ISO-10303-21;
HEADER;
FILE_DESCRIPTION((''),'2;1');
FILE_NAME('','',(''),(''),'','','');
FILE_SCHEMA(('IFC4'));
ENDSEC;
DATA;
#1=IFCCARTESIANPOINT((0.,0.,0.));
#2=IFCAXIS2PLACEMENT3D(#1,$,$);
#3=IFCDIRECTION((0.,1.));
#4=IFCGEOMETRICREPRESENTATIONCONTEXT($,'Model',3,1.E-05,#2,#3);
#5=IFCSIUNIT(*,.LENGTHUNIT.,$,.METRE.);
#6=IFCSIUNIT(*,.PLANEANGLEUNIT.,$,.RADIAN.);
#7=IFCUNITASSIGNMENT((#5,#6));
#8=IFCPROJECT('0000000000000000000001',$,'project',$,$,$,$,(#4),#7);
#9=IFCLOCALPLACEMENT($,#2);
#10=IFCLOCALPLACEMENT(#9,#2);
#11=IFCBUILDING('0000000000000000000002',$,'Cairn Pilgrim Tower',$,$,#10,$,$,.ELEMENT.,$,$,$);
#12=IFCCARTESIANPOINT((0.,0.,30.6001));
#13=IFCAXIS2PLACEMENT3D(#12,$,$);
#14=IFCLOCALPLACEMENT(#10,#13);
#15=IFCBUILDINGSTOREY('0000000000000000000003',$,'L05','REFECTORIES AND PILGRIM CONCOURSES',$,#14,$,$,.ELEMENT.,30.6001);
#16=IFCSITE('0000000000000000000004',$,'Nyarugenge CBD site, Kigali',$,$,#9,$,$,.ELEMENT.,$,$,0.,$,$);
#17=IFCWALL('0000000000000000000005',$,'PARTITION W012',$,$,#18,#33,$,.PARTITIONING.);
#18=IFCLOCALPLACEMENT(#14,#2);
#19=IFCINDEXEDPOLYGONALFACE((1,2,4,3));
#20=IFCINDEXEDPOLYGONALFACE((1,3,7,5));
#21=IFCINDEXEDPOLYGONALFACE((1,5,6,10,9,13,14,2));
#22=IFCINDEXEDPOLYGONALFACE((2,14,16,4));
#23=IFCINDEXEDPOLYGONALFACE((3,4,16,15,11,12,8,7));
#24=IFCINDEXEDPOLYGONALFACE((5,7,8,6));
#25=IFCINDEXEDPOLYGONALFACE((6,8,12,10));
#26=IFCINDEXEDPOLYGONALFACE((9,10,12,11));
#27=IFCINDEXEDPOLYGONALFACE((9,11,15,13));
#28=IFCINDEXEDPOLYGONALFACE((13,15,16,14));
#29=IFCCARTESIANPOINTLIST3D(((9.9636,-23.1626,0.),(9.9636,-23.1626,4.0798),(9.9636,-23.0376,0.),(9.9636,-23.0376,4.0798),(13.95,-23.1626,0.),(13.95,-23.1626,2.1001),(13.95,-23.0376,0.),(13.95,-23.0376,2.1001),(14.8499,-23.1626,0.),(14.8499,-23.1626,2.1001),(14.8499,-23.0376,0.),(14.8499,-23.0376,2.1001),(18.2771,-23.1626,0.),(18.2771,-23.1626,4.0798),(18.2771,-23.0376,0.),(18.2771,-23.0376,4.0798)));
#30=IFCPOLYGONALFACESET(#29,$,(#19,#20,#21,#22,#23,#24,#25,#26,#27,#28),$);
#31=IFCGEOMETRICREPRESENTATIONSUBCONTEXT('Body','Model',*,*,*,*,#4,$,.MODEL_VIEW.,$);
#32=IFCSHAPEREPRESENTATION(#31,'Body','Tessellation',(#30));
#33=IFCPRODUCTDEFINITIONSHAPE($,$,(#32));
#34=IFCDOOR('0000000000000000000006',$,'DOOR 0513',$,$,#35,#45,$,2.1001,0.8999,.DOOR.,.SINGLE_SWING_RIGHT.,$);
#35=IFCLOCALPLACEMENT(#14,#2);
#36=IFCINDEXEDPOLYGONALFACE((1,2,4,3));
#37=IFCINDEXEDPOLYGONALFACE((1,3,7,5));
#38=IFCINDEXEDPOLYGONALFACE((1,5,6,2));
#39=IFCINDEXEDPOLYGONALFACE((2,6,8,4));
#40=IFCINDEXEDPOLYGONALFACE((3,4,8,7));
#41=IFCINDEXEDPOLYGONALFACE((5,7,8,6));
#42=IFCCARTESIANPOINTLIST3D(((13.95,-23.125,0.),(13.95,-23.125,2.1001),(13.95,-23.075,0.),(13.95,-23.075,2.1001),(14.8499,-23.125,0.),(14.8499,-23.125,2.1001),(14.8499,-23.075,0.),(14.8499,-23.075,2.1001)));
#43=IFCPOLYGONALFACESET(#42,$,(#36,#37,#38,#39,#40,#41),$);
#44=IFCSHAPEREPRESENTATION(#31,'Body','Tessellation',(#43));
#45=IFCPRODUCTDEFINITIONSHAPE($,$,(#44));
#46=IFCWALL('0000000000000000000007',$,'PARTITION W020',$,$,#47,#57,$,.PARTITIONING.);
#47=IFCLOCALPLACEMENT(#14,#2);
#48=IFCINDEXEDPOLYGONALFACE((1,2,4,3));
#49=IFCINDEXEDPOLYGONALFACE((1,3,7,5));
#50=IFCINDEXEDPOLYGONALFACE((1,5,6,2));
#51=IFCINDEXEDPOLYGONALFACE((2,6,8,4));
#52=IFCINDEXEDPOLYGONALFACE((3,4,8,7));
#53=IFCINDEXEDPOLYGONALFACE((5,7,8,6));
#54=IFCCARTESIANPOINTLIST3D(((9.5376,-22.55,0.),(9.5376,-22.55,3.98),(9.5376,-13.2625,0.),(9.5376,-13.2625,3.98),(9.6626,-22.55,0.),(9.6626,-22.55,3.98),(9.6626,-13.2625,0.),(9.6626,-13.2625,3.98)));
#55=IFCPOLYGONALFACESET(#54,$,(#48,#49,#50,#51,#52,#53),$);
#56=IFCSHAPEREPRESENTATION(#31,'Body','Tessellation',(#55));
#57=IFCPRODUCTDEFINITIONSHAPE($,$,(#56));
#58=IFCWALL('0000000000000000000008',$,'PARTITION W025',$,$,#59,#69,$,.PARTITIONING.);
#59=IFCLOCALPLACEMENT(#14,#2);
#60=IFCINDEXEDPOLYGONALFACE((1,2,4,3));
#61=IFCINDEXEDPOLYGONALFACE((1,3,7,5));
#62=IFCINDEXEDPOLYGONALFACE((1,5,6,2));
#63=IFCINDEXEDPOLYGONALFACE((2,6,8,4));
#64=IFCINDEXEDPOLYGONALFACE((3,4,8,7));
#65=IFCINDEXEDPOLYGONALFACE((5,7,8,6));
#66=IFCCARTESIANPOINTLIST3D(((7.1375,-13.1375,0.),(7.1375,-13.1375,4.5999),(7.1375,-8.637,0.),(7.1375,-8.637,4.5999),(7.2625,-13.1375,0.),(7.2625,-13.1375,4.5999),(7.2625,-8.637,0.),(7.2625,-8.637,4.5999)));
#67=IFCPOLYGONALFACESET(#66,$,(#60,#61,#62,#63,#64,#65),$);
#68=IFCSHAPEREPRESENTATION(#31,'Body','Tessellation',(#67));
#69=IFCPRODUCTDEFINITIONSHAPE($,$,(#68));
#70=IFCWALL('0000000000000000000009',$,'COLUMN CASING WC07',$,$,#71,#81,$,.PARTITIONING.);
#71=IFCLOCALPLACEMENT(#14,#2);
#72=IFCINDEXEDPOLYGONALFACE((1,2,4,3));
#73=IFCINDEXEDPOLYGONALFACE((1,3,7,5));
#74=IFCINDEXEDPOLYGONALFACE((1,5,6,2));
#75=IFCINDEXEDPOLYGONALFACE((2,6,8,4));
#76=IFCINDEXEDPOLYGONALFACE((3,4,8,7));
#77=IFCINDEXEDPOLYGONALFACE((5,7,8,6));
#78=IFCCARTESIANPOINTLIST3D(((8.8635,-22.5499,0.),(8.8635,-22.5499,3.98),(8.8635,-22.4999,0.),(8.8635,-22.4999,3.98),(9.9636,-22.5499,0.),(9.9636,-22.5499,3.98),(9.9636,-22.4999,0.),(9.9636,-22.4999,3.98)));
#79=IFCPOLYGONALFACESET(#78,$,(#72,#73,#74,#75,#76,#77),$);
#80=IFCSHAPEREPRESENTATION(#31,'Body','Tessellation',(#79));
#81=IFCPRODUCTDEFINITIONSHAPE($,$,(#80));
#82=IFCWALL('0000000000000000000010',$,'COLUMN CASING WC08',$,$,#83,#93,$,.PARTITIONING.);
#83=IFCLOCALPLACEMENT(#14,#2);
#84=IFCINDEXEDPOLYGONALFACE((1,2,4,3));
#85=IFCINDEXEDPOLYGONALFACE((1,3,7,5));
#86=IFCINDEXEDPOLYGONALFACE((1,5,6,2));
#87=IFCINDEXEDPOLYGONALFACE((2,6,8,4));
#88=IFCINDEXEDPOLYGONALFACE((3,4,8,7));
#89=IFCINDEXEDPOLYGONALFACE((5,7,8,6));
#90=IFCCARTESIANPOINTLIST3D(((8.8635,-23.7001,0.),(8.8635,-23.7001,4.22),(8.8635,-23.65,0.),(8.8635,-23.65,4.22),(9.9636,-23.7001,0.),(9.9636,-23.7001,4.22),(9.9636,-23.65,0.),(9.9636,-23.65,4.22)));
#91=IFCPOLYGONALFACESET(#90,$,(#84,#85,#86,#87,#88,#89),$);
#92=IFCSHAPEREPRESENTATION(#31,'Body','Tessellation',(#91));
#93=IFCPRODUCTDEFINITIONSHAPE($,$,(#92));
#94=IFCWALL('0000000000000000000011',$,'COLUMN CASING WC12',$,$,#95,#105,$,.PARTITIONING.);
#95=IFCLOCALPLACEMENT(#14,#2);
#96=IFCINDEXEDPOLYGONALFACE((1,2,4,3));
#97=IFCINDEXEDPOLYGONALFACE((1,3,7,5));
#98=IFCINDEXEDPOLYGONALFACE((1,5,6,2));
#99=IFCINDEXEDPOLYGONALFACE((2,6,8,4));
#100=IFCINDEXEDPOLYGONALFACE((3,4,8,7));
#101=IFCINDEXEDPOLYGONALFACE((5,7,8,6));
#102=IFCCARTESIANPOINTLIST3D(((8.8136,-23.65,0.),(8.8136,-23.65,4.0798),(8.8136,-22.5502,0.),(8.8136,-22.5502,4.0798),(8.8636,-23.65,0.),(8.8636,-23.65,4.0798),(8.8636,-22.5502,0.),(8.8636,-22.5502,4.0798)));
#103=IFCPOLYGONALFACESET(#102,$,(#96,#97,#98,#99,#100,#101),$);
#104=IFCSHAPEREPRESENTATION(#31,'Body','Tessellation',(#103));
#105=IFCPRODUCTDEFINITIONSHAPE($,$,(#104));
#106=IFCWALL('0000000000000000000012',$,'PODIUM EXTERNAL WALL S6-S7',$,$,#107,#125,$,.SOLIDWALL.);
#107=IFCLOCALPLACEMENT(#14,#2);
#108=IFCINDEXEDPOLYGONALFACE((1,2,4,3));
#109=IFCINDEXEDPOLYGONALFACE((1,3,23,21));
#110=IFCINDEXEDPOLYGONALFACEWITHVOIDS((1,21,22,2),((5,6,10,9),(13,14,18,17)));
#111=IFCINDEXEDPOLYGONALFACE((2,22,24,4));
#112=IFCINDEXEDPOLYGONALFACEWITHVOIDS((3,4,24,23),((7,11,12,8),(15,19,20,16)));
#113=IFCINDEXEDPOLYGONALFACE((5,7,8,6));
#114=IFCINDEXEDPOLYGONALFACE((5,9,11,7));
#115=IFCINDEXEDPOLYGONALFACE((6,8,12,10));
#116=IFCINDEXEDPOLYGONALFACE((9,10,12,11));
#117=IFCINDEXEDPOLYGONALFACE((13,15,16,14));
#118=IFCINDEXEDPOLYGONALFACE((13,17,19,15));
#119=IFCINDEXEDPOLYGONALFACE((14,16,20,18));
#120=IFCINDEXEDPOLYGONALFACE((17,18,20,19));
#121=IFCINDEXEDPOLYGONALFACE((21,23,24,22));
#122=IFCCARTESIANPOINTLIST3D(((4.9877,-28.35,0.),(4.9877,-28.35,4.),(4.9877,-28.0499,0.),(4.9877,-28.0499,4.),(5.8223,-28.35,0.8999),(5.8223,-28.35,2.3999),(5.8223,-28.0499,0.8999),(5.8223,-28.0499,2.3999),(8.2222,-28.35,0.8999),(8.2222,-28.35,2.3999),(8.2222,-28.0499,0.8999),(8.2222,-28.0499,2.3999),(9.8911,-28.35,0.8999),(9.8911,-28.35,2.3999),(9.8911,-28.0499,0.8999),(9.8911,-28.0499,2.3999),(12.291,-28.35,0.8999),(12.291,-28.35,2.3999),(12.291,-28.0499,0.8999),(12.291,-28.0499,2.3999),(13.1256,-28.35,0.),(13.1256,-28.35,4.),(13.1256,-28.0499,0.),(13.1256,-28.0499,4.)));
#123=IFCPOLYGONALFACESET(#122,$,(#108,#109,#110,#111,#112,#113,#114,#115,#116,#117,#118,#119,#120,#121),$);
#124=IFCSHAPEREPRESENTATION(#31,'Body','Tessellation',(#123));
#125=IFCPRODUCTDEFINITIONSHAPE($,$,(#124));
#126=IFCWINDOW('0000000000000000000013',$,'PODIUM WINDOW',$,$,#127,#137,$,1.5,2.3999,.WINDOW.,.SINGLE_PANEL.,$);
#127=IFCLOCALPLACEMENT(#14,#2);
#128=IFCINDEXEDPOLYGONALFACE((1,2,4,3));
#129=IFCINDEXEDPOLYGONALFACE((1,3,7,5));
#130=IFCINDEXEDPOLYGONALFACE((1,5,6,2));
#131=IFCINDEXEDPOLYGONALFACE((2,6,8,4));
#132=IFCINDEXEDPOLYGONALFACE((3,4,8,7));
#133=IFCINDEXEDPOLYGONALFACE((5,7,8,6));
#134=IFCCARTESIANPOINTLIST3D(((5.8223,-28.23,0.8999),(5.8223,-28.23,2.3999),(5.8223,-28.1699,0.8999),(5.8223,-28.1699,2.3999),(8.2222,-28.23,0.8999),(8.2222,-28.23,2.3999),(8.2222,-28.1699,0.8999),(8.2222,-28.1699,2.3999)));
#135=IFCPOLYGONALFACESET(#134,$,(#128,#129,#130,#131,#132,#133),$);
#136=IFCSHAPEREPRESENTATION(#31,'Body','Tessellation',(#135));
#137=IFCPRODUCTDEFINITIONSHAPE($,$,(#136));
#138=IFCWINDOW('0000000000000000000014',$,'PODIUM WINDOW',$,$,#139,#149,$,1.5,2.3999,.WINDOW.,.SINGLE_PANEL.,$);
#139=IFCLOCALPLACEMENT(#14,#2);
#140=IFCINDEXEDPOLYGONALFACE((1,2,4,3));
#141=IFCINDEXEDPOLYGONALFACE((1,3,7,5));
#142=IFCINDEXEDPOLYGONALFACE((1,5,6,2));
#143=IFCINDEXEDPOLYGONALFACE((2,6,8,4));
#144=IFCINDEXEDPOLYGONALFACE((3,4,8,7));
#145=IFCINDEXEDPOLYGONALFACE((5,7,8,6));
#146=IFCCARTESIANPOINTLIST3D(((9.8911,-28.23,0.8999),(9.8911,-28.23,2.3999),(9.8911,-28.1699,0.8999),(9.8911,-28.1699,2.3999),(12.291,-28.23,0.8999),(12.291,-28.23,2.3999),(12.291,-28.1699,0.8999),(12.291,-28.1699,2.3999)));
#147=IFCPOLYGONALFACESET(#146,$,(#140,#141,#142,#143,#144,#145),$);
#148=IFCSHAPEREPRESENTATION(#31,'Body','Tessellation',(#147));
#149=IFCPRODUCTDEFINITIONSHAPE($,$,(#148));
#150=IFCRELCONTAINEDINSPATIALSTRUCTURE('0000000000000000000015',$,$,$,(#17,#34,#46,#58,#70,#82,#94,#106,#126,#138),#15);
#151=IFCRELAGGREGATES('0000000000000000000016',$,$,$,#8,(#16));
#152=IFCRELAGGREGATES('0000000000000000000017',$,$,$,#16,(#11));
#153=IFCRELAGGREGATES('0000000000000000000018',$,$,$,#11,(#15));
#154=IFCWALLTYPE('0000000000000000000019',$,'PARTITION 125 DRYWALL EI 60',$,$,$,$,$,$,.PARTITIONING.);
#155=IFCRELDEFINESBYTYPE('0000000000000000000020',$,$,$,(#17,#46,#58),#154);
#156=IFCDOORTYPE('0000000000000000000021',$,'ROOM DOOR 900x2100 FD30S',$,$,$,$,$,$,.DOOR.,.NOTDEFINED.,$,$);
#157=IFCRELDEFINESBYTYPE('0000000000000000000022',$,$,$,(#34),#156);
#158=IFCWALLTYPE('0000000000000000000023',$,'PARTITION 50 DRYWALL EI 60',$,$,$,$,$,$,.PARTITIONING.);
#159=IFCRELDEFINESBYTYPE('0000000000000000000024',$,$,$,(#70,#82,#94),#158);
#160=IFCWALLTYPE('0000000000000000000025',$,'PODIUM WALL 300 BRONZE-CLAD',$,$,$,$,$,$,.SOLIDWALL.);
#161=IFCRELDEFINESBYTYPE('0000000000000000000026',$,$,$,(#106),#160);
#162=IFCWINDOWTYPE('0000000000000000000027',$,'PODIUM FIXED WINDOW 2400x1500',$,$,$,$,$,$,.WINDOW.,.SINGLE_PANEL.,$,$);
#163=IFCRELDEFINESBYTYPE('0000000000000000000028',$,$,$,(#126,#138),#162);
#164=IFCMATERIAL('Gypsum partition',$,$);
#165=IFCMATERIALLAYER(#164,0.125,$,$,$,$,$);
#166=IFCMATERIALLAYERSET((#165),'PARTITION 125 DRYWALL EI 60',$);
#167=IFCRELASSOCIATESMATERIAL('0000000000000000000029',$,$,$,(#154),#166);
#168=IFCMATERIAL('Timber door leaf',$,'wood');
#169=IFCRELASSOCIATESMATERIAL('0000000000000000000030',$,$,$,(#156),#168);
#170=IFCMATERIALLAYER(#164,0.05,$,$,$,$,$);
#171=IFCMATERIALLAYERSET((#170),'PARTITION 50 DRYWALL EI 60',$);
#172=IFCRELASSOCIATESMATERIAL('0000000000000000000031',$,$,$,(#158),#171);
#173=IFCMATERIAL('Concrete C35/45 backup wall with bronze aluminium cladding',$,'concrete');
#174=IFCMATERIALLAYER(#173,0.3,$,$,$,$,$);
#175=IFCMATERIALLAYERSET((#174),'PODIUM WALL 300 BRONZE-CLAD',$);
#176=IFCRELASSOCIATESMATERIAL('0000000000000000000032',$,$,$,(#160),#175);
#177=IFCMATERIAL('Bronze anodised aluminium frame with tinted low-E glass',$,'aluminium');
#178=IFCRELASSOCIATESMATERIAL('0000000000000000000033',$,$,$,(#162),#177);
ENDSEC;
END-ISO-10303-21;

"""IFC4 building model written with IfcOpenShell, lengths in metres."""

from ifc_helpers import new_model, si_unit, direction, frame, frame_2d, origin, place, context, subcontext, project, spatial, rectangle, extrude, material, layer, layer_set, type_object, element, fill, save


model = new_model("IFC4")

# Units and contexts
model_context = context("Model", 3, precision=1e-05, world=origin(), true_north=direction((0.0, 1.0)))
body_context = subcontext(model_context, "Body", "Model", "MODEL_VIEW")
ifc_project = project(units=[si_unit("LENGTHUNIT", "METRE"), si_unit("PLANEANGLEUNIT", "RADIAN")], contexts=[model_context])

# Site, building, storey
site_placement = place(None, origin())
site = spatial("IfcSite", under=ifc_project, at=site_placement, Name="Nyarugenge CBD site, Kigali", CompositionType="ELEMENT", RefElevation=0.0)
building_placement = place(site_placement, origin())
building = spatial("IfcBuilding", under=site, at=building_placement, Name="Cairn Pilgrim Tower", CompositionType="ELEMENT")
storey_placement = place(building_placement, frame((0.0, 0.0, 30.6001)))
storey = spatial("IfcBuildingStorey", under=building, at=storey_placement, Name="L05", Description="REFECTORIES AND PILGRIM CONCOURSES", CompositionType="ELEMENT", Elevation=30.6001)

# Wall, opening, door
ifc_material_1 = material(Name="Gypsum partition")
ifc_layer_1 = layer(ifc_material_1, 0.125)
ifc_layer_set_1 = layer_set([ifc_layer_1], Name="PARTITION 125 DRYWALL EI 60")
wall_type_1 = type_object("IfcWallType", Name="PARTITION 125 DRYWALL EI 60", PredefinedType="PARTITIONING", material=ifc_layer_set_1)
wall_1_placement = place(storey_placement, frame((9.9636, -23.1001, 0.0), z_axis=(0.0, 0.0, 1.0), x_axis=(1.0, 0.0, 0.0)))
wall_1 = element("IfcWall", 1, at=wall_1_placement, inside=storey, type_object=wall_type_1, Name="PARTITION W012", PredefinedType="PARTITIONING", context=body_context, shape_type="SweptSolid", body=[
    extrude(rectangle(XDim=8.3135, YDim=0.125, at=frame_2d((4.1567, 0.0))), origin(), (0.0, 0.0, 1.0), 4.0798),
])
opening_1_placement = place(wall_1_placement, frame((3.9863, 0.0, 0.0)))
opening_1 = element("IfcOpeningElement", 2, at=opening_1_placement, cuts=wall_1, PredefinedType="OPENING", context=body_context, shape_type="SweptSolid", body=[
    extrude(rectangle(XDim=0.8999, YDim=2.1001, at=frame_2d((0.45, 1.05))), frame((0.0, 0.0725, 0.0), z_axis=(0.0, -1.0, 0.0), x_axis=(1.0, 0.0, 0.0)), (0.0, 0.0, 1.0), 0.145),
])
ifc_material_2 = material(Name="Timber door leaf", Category="wood")
door_type = type_object("IfcDoorType", Name="ROOM DOOR 900x2100 FD30S", OperationType="NOTDEFINED", PredefinedType="DOOR", material=ifc_material_2)
door_placement = place(opening_1_placement, frame((0.8999, 0.0, 0.0), z_axis=(0.0, 0.0, 1.0), x_axis=(-1.0, 0.0, 0.0)))
door = element("IfcDoor", 3, at=door_placement, inside=storey, type_object=door_type, Name="DOOR 0513", OperationType="SINGLE_SWING_RIGHT", OverallHeight=2.1001, OverallWidth=0.8999, PredefinedType="DOOR", context=body_context, shape_type="SweptSolid", body=[
    extrude(rectangle(XDim=0.8999, YDim=2.1001, at=frame_2d((0.45, 1.05))), frame((0.0, 0.0249, 0.0), z_axis=(0.0, -1.0, 0.0), x_axis=(1.0, 0.0, 0.0)), (0.0, 0.0, 1.0), 0.05),
])
fill(opening_1, door)

# Walls
wall_2_placement = place(storey_placement, frame((9.6001, -22.55, 0.0), z_axis=(0.0, 0.0, 1.0), x_axis=(0.0, 1.0, 0.0)))
element("IfcWall", 4, at=wall_2_placement, inside=storey, type_object=wall_type_1, Name="PARTITION W020", PredefinedType="PARTITIONING", context=body_context, shape_type="SweptSolid", body=[
    extrude(rectangle(XDim=9.2876, YDim=0.125, at=frame_2d((4.6438, 0.0))), origin(), (0.0, 0.0, 1.0), 3.98),
])
wall_3_placement = place(storey_placement, frame((7.2, -13.1375, 0.0), z_axis=(0.0, 0.0, 1.0), x_axis=(0.0, 1.0, 0.0)))
element("IfcWall", 5, at=wall_3_placement, inside=storey, type_object=wall_type_1, Name="PARTITION W025", PredefinedType="PARTITIONING", context=body_context, shape_type="SweptSolid", body=[
    extrude(rectangle(XDim=4.5005, YDim=0.125, at=frame_2d((2.2502, 0.0))), origin(), (0.0, 0.0, 1.0), 4.5999),
])
ifc_layer_2 = layer(ifc_material_1, 0.05)
ifc_layer_set_2 = layer_set([ifc_layer_2], Name="PARTITION 50 DRYWALL EI 60")
wall_type_2 = type_object("IfcWallType", Name="PARTITION 50 DRYWALL EI 60", PredefinedType="PARTITIONING", material=ifc_layer_set_2)
wall_4_placement = place(storey_placement, frame((8.8635, -22.5249, 0.0), z_axis=(0.0, 0.0, 1.0), x_axis=(1.0, 0.0, 0.0)))
element("IfcWall", 6, at=wall_4_placement, inside=storey, type_object=wall_type_2, Name="COLUMN CASING WC07", PredefinedType="PARTITIONING", context=body_context, shape_type="SweptSolid", body=[
    extrude(rectangle(XDim=1.1001, YDim=0.05, at=frame_2d((0.55, 0.0))), origin(), (0.0, 0.0, 1.0), 3.98),
])
wall_5_placement = place(storey_placement, frame((8.8635, -23.675, 0.0), z_axis=(0.0, 0.0, 1.0), x_axis=(1.0, 0.0, 0.0)))
element("IfcWall", 7, at=wall_5_placement, inside=storey, type_object=wall_type_2, Name="COLUMN CASING WC08", PredefinedType="PARTITIONING", context=body_context, shape_type="SweptSolid", body=[
    extrude(rectangle(XDim=1.1001, YDim=0.05, at=frame_2d((0.55, 0.0))), origin(), (0.0, 0.0, 1.0), 4.22),
])
wall_6_placement = place(storey_placement, frame((8.8386, -23.6499, 0.0), z_axis=(0.0, 0.0, 1.0), x_axis=(0.0, 1.0, 0.0)))
element("IfcWall", 8, at=wall_6_placement, inside=storey, type_object=wall_type_2, Name="COLUMN CASING WC12", PredefinedType="PARTITIONING", context=body_context, shape_type="SweptSolid", body=[
    extrude(rectangle(XDim=1.0999, YDim=0.05, at=frame_2d((0.5498, 0.0))), origin(), (0.0, 0.0, 1.0), 4.0798),
])

# Wall, openings, windows
ifc_material_3 = material(Name="Concrete C35/45 backup wall with bronze aluminium cladding", Category="concrete")
ifc_layer_3 = layer(ifc_material_3, 0.3)
ifc_layer_set_3 = layer_set([ifc_layer_3], Name="PODIUM WALL 300 BRONZE-CLAD")
wall_type_3 = type_object("IfcWallType", Name="PODIUM WALL 300 BRONZE-CLAD", PredefinedType="SOLIDWALL", material=ifc_layer_set_3)
wall_7_placement = place(storey_placement, frame((4.9878, -28.2, 0.0), z_axis=(0.0, 0.0, 1.0), x_axis=(1.0, 0.0, 0.0)))
wall_7 = element("IfcWall", 9, at=wall_7_placement, inside=storey, type_object=wall_type_3, Name="PODIUM EXTERNAL WALL S6-S7", PredefinedType="SOLIDWALL", context=body_context, shape_type="SweptSolid", body=[
    extrude(rectangle(XDim=8.1379, YDim=0.3, at=frame_2d((4.0688, 0.0))), origin(), (0.0, 0.0, 1.0), 4.0),
])
opening_2_placement = place(wall_7_placement, frame((0.8345, 0.0, 0.8999)))
opening_2 = element("IfcOpeningElement", 10, at=opening_2_placement, cuts=wall_7, PredefinedType="OPENING", context=body_context, shape_type="SweptSolid", body=[
    extrude(rectangle(XDim=2.3999, YDim=1.5, at=frame_2d((1.2, 0.75))), frame((0.0, 0.1602, 0.0), z_axis=(0.0, -1.0, 0.0), x_axis=(1.0, 0.0, 0.0)), (0.0, 0.0, 1.0), 0.3201),
])
opening_3_placement = place(wall_7_placement, frame((4.9033, 0.0, 0.8999)))
opening_3 = element("IfcOpeningElement", 11, at=opening_3_placement, cuts=wall_7, PredefinedType="OPENING", context=body_context, shape_type="SweptSolid", body=[
    extrude(rectangle(XDim=2.3999, YDim=1.5, at=frame_2d((1.2, 0.75))), frame((0.0, 0.1602, 0.0), z_axis=(0.0, -1.0, 0.0), x_axis=(1.0, 0.0, 0.0)), (0.0, 0.0, 1.0), 0.3201),
])
ifc_material_4 = material(Name="Bronze anodised aluminium frame with tinted low-E glass", Category="aluminium")
window_type = type_object("IfcWindowType", Name="PODIUM FIXED WINDOW 2400x1500", PartitioningType="SINGLE_PANEL", PredefinedType="WINDOW", material=ifc_material_4)
window_1_placement = place(opening_2_placement, origin())
window_1 = element("IfcWindow", 12, at=window_1_placement, inside=storey, type_object=window_type, Name="PODIUM WINDOW", OverallHeight=1.5, OverallWidth=2.3999, PartitioningType="SINGLE_PANEL", PredefinedType="WINDOW", context=body_context, shape_type="SweptSolid", body=[
    extrude(rectangle(XDim=2.3999, YDim=1.5, at=frame_2d((1.2, 0.75))), frame((0.0, 0.03, 0.0), z_axis=(0.0, -1.0, 0.0), x_axis=(1.0, 0.0, 0.0)), (0.0, 0.0, 1.0), 0.0601),
])
fill(opening_2, window_1)
window_2_placement = place(opening_3_placement, origin())
window_2 = element("IfcWindow", 13, at=window_2_placement, inside=storey, type_object=window_type, Name="PODIUM WINDOW", OverallHeight=1.5, OverallWidth=2.3999, PartitioningType="SINGLE_PANEL", PredefinedType="WINDOW", context=body_context, shape_type="SweptSolid", body=[
    extrude(rectangle(XDim=2.3999, YDim=1.5, at=frame_2d((1.2, 0.75))), frame((0.0, 0.03, 0.0), z_axis=(0.0, -1.0, 0.0), x_axis=(1.0, 0.0, 0.0)), (0.0, 0.0, 1.0), 0.0601),
])
fill(opening_3, window_2)

save(model, "model.ifc")
